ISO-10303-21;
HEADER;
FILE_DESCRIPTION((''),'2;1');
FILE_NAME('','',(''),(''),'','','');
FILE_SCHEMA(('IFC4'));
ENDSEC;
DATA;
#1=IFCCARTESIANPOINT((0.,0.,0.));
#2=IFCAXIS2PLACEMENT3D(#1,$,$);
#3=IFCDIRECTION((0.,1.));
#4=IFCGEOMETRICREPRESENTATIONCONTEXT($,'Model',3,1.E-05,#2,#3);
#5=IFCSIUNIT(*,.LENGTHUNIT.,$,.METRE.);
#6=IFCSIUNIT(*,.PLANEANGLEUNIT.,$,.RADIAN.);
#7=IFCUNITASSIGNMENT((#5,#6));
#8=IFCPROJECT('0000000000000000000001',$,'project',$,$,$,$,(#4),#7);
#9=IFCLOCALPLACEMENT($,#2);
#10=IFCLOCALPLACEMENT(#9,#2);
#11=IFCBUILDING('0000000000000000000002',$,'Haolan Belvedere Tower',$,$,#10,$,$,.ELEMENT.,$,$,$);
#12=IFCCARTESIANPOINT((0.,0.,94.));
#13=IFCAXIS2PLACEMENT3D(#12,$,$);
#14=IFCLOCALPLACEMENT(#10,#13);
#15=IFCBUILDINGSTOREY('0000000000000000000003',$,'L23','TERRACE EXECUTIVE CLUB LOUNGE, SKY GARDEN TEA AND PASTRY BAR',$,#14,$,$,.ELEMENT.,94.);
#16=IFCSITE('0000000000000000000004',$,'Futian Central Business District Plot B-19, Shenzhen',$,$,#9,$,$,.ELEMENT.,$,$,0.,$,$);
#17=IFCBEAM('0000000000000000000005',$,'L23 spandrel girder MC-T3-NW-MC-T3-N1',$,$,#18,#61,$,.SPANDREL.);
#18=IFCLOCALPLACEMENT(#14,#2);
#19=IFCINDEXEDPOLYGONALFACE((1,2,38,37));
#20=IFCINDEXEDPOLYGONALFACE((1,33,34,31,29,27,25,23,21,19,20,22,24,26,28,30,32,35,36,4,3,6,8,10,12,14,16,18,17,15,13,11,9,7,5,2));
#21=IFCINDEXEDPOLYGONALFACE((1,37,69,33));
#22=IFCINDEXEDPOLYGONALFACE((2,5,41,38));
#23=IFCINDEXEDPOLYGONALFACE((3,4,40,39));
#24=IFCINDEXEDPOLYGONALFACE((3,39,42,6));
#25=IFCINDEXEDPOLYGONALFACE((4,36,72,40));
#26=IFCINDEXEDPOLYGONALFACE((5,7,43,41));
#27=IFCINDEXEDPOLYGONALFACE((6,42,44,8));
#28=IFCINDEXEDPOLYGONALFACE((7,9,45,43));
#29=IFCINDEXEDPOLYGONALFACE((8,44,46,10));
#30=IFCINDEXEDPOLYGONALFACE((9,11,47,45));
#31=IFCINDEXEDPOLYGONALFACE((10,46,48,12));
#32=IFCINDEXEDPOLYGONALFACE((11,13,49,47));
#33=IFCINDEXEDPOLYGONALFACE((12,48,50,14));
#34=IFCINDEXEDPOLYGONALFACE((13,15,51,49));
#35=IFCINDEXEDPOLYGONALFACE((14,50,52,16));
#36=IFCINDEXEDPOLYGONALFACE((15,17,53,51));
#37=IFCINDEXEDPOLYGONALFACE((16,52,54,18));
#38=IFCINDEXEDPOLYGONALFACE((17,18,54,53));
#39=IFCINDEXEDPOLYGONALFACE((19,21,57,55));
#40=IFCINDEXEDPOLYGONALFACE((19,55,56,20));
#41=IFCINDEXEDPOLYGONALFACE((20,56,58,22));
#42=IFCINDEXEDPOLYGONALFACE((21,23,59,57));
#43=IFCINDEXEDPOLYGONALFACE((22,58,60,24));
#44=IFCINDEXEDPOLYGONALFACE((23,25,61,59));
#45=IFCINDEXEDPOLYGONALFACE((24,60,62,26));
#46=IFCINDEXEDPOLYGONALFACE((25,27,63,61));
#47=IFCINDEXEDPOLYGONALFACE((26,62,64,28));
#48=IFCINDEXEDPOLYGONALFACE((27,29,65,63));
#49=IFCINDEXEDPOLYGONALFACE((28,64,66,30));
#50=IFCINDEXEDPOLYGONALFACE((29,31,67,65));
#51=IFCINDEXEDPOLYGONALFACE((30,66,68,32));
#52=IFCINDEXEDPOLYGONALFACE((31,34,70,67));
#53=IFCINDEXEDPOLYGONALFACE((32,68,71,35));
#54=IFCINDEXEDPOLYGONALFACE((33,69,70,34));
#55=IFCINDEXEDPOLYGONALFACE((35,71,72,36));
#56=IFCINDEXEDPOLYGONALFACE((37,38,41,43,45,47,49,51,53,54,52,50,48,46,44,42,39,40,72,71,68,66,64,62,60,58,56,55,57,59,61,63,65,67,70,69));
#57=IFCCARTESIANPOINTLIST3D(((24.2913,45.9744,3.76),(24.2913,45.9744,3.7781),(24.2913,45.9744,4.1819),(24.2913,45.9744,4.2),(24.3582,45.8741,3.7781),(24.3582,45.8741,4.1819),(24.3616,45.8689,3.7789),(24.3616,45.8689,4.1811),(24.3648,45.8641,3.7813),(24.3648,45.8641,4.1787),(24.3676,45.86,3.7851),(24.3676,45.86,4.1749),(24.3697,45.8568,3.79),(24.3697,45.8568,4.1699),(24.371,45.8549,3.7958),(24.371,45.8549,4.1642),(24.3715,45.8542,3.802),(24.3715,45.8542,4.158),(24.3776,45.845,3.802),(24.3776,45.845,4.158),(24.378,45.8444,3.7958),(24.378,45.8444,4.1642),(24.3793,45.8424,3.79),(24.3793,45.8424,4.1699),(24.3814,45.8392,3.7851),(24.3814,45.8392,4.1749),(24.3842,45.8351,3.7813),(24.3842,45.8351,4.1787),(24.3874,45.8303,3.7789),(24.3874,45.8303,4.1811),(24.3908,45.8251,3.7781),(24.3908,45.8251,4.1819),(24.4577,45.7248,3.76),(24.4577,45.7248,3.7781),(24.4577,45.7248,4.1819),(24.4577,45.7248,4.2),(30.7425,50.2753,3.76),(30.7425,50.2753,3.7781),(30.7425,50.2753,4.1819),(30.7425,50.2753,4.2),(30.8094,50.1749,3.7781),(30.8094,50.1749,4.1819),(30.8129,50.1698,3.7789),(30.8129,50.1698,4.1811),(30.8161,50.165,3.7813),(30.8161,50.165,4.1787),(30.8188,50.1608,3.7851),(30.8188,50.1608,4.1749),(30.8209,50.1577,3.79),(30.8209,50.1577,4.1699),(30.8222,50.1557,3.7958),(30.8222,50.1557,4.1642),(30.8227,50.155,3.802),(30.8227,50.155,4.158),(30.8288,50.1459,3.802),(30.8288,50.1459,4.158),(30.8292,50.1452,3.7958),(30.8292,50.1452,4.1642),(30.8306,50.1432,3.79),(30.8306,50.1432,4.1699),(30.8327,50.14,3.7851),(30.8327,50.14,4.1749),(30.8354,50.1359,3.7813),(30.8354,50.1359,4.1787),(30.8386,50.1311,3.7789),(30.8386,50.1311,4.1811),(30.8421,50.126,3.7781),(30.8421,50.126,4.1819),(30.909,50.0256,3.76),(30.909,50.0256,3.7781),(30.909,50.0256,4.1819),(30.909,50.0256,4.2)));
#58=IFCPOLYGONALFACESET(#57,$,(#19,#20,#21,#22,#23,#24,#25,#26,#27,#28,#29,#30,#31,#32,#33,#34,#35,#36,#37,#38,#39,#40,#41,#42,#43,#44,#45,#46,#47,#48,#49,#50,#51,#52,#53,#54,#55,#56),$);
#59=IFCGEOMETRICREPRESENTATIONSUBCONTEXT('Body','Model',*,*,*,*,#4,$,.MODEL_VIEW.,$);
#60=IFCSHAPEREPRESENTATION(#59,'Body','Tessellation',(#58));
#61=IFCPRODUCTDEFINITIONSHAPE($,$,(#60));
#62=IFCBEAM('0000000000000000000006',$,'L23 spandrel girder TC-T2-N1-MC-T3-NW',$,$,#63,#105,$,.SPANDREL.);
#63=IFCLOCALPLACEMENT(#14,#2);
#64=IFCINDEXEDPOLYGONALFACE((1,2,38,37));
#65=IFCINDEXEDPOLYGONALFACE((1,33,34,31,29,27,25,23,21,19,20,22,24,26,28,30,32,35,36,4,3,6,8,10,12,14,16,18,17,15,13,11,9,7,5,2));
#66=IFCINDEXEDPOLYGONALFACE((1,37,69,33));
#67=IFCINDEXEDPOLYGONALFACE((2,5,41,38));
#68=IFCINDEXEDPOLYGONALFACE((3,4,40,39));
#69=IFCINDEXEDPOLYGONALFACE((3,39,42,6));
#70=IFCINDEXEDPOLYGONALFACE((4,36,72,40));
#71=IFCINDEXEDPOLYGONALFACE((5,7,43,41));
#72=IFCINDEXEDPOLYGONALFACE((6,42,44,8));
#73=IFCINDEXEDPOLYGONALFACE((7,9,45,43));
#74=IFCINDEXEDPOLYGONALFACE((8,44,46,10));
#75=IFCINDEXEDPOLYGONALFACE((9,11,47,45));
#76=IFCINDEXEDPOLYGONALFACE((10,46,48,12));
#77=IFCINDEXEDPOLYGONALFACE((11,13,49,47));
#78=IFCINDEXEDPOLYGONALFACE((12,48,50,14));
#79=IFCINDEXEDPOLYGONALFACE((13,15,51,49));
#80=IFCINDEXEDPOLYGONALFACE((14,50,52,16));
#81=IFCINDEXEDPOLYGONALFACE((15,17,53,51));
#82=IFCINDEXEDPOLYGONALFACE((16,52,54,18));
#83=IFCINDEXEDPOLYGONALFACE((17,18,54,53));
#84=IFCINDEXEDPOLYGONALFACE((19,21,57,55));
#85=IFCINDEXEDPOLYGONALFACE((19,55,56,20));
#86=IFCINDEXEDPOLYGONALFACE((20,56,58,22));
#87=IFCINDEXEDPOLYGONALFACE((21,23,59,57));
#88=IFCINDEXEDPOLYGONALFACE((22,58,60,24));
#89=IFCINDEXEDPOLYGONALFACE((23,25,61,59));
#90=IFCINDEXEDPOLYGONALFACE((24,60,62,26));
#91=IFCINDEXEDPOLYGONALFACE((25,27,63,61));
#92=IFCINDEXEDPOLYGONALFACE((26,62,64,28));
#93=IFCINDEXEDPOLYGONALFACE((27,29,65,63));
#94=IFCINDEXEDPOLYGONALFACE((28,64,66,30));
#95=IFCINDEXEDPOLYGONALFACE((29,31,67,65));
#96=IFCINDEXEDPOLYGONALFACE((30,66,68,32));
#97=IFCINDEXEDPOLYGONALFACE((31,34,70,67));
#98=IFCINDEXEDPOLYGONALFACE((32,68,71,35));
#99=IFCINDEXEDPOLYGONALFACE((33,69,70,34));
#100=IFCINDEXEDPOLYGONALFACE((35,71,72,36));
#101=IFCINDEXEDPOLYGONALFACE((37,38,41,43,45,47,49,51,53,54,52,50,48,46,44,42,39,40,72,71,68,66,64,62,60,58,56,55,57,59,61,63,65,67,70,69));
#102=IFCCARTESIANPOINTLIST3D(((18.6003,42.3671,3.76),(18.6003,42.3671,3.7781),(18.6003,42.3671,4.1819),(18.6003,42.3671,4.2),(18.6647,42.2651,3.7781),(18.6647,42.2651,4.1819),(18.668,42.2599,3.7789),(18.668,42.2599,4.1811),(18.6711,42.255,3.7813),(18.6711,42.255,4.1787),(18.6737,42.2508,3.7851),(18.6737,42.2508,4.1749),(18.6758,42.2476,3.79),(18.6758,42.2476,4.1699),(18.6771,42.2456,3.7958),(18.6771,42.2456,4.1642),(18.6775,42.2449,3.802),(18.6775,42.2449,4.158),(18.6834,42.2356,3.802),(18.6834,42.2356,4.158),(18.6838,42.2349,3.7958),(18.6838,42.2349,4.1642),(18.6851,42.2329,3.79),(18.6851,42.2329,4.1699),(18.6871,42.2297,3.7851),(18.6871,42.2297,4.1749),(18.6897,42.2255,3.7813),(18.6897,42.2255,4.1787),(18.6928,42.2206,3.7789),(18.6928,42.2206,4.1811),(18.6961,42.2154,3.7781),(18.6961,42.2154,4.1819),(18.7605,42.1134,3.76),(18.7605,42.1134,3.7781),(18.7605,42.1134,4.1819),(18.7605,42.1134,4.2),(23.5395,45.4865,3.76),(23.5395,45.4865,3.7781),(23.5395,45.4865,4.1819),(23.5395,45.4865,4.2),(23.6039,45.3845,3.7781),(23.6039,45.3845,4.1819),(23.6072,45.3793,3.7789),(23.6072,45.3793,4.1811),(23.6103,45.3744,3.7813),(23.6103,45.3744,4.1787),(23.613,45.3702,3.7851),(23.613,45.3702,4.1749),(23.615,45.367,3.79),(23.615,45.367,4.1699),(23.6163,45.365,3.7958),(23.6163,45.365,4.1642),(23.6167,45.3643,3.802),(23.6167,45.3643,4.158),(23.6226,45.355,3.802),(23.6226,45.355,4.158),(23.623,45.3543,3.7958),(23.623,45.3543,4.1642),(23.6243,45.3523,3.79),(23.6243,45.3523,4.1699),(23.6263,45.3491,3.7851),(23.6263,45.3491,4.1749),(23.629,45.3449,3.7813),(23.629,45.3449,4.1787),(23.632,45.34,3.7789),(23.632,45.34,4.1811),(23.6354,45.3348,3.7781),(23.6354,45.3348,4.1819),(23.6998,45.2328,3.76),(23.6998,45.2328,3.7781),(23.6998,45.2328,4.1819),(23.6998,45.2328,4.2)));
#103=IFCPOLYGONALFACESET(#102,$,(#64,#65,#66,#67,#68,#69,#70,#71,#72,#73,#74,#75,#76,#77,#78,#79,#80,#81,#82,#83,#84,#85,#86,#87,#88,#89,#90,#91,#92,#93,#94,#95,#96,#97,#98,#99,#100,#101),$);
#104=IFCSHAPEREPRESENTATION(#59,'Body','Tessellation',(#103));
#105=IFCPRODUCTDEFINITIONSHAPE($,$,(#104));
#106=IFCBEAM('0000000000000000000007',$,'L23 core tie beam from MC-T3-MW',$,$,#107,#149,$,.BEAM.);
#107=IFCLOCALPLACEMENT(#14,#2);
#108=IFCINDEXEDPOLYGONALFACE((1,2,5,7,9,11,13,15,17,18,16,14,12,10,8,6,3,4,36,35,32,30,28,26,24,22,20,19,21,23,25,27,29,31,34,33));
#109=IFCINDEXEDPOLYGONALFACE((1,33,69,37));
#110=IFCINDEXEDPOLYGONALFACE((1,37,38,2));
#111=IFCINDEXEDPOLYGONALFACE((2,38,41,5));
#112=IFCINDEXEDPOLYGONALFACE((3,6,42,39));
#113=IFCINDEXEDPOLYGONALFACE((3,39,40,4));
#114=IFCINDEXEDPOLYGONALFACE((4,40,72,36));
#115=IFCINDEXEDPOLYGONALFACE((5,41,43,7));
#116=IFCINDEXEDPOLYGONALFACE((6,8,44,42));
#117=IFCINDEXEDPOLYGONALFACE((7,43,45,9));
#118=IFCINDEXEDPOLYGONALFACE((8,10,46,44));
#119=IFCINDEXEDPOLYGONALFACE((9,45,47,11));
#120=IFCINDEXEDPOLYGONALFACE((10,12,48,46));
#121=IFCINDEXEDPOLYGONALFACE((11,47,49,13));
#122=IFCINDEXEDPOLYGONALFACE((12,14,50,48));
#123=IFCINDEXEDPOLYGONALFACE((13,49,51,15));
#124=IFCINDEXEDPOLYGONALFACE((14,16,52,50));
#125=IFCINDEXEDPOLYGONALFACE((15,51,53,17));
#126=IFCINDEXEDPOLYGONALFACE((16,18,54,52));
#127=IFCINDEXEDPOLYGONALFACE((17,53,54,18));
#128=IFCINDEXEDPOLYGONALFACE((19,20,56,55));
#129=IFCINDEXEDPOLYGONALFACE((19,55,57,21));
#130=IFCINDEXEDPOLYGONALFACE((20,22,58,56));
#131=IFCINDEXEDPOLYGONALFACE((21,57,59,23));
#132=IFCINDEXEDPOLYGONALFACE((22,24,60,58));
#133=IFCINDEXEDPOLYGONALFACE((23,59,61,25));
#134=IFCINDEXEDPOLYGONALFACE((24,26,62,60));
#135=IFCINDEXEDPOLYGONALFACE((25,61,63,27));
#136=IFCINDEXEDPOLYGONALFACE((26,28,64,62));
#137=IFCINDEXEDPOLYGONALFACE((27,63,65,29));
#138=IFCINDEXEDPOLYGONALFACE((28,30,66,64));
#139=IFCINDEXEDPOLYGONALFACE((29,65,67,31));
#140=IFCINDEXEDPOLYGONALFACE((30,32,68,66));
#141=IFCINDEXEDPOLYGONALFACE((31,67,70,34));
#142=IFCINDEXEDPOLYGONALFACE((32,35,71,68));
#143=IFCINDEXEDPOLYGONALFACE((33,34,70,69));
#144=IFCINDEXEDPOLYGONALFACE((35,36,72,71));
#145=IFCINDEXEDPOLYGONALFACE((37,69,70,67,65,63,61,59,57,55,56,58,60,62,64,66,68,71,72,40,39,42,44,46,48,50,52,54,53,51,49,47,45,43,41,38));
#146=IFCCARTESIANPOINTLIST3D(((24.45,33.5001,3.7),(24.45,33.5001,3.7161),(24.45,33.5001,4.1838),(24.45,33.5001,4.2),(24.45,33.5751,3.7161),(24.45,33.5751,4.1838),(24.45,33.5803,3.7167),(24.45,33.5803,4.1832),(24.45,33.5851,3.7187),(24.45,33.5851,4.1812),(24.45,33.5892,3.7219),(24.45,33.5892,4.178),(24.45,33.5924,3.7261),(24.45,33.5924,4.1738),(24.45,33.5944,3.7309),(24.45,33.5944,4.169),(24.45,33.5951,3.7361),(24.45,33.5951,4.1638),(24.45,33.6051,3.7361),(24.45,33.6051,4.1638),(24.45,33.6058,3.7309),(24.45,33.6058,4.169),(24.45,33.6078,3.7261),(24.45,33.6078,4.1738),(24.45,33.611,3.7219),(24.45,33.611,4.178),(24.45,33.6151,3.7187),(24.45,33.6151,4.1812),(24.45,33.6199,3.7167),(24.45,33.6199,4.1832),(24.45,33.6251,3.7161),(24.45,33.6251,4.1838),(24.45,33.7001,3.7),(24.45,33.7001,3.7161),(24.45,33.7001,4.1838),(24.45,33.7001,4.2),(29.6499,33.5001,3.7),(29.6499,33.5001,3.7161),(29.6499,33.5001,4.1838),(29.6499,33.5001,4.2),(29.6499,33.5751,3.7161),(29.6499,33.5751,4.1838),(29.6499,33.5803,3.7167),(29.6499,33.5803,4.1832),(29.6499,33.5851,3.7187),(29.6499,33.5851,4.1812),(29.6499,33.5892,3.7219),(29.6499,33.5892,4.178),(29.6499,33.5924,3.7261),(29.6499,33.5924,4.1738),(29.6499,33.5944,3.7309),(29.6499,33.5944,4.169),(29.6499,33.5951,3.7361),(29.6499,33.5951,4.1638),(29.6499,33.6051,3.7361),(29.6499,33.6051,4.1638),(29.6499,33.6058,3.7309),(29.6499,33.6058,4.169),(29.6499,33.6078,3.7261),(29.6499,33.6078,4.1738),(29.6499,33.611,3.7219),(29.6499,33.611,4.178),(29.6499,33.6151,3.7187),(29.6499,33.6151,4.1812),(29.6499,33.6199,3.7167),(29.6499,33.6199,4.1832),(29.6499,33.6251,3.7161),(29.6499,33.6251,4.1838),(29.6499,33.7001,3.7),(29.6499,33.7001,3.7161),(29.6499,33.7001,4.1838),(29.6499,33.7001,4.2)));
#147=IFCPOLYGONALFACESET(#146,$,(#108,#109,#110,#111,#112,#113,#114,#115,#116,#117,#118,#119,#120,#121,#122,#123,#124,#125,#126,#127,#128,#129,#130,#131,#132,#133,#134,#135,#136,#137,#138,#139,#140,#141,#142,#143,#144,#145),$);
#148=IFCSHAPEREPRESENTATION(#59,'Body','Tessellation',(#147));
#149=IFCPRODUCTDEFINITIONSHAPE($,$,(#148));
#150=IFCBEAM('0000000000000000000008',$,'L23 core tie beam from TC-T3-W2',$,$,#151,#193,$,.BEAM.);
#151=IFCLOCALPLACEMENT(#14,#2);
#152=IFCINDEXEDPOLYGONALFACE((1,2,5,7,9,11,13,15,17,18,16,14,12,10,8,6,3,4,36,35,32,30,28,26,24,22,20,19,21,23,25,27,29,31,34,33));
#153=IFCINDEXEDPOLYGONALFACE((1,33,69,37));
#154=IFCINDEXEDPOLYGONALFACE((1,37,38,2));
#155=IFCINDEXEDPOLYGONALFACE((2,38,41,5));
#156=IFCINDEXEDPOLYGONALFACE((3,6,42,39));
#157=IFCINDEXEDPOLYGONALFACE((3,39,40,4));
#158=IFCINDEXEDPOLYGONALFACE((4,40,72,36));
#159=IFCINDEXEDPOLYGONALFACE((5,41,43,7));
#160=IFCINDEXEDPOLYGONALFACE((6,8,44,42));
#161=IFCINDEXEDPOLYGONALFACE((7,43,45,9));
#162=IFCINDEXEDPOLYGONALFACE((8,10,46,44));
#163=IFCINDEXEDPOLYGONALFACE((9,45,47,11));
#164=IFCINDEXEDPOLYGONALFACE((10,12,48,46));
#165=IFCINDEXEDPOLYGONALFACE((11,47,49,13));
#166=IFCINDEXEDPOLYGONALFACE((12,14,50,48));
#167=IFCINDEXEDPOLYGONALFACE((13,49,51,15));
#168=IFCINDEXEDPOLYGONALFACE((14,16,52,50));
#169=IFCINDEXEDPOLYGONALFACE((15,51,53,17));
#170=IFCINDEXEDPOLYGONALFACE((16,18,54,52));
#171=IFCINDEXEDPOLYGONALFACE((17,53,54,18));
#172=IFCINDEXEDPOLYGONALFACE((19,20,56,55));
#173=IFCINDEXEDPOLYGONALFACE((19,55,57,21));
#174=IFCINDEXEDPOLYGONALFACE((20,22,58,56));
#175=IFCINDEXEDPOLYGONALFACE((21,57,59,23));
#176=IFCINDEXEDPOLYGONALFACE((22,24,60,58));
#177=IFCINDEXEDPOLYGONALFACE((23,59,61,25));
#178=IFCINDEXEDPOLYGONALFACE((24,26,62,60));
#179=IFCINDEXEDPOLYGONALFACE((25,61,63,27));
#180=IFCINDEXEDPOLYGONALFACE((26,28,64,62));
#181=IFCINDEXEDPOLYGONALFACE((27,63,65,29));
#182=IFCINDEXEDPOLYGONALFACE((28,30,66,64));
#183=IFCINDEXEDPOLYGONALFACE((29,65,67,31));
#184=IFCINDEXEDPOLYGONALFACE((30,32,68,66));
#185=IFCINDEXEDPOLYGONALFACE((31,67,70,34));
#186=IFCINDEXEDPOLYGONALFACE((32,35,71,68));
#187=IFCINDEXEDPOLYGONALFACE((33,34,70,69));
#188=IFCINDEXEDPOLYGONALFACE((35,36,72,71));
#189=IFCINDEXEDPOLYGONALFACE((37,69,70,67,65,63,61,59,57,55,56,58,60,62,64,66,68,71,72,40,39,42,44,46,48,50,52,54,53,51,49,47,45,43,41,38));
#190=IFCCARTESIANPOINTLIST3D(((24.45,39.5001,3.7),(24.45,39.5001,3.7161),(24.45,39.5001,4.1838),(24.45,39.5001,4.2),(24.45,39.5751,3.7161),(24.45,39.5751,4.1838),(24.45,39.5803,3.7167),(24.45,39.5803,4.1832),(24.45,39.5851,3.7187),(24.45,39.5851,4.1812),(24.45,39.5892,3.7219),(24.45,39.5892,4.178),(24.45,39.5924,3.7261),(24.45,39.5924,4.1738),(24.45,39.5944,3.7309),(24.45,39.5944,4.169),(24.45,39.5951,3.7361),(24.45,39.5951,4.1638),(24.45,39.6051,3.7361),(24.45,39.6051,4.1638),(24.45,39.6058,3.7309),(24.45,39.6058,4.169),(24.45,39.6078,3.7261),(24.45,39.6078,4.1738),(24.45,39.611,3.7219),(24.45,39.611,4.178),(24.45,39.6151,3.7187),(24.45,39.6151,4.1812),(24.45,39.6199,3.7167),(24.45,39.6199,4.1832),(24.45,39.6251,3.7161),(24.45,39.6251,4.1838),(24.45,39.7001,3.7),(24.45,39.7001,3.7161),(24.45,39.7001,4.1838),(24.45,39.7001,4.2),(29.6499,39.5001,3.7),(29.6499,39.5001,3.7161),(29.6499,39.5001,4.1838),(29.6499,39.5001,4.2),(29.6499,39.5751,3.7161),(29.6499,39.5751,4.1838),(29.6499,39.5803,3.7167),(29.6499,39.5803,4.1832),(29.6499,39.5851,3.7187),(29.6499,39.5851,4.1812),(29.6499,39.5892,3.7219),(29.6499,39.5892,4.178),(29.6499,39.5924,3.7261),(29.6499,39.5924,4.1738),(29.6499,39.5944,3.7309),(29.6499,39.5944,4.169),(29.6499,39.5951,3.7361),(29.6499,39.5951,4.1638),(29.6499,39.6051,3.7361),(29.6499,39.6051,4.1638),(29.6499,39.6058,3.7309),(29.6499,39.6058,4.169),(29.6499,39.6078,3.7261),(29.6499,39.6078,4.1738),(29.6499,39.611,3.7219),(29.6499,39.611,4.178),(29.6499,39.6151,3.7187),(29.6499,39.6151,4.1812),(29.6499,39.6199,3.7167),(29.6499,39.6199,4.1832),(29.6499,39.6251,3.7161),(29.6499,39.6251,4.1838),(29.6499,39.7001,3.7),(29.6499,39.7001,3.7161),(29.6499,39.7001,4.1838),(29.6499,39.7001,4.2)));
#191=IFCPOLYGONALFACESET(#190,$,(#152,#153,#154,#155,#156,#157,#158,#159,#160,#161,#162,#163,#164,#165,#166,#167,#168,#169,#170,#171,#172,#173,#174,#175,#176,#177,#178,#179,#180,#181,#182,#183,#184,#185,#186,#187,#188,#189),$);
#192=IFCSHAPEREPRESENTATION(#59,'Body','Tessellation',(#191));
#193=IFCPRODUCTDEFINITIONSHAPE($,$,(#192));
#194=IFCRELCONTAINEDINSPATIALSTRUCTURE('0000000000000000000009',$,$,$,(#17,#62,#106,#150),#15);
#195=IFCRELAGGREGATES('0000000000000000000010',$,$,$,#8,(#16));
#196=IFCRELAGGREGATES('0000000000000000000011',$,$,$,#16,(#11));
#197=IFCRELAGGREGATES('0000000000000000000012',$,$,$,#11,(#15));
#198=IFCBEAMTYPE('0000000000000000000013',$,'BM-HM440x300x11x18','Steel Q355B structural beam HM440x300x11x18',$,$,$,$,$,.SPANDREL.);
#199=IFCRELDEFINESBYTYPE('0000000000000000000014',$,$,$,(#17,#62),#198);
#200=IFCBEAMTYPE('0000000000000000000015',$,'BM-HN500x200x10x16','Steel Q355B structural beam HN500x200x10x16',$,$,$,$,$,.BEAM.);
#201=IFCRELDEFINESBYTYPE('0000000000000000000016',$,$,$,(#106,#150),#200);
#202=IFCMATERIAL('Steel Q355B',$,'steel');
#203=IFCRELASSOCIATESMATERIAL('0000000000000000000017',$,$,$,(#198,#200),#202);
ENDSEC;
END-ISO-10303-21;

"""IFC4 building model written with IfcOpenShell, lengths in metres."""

from ifc_helpers import new_model, si_unit, direction, frame, origin, origin_2d, place, context, subcontext, project, spatial, i_section, extrude, material, material_profile, profile_set, type_object, element, save


model = new_model("IFC4")

# Units and contexts
model_context = context("Model", 3, precision=1e-05, world=origin(), true_north=direction((0.0, 1.0)))
body_context = subcontext(model_context, "Body", "Model", "MODEL_VIEW")
ifc_project = project(units=[si_unit("LENGTHUNIT", "METRE"), si_unit("PLANEANGLEUNIT", "RADIAN")], contexts=[model_context])

# Site, building, storey
site_placement = place(None, origin())
site = spatial("IfcSite", under=ifc_project, at=site_placement, Name="Futian Central Business District Plot B-19, Shenzhen", CompositionType="ELEMENT", RefElevation=0.0)
building_placement = place(site_placement, origin())
building = spatial("IfcBuilding", under=site, at=building_placement, Name="Haolan Belvedere Tower", CompositionType="ELEMENT")
storey_placement = place(building_placement, frame((0.0, 0.0, 94.0)))
storey = spatial("IfcBuildingStorey", under=building, at=storey_placement, Name="L23", Description="TERRACE EXECUTIVE CLUB LOUNGE, SKY GARDEN TEA AND PASTRY BAR", CompositionType="ELEMENT", Elevation=94.0)

# Beams
ifc_material_1 = material(Name="Steel Q355B", Category="steel")
ifc_material_profile_1 = material_profile(ifc_material_1, i_section(OverallWidth=0.3, OverallDepth=0.4399, WebThickness=0.011, FlangeThickness=0.0181, FilletRadius=0.0239, at=origin_2d()), Name="Steel Q355B")
ifc_profile_set_1 = profile_set([ifc_material_profile_1], Name="Steel Q355B")
beam_type_1 = type_object("IfcBeamType", Name="BM-HM440x300x11x18", Description="Steel Q355B structural beam HM440x300x11x18", PredefinedType="SPANDREL", material=ifc_profile_set_1)
beam_1_placement = place(storey_placement, frame((24.3745, 45.8496, 3.98), z_axis=(0.83205, 0.5547, 0.0), x_axis=(-0.5547, 0.83205, 0.0)))
element("IfcBeam", 1, at=beam_1_placement, inside=storey, type_object=beam_type_1, Name="L23 spandrel girder MC-T3-NW-MC-T3-N1", PredefinedType="SPANDREL", context=body_context, shape_type="SweptSolid", body=[
    extrude(i_section(OverallWidth=0.3, OverallDepth=0.4399, WebThickness=0.011, FlangeThickness=0.0181, FilletRadius=0.0239, at=origin_2d()), origin(), (0.0, 0.0, 1.0), 7.7534),
])
beam_2_placement = place(storey_placement, frame((18.6804, 42.2402, 3.98), z_axis=(0.845498, 0.533979, 0.0), x_axis=(-0.533979, 0.845498, 0.0)))
element("IfcBeam", 2, at=beam_2_placement, inside=storey, type_object=beam_type_1, Name="L23 spandrel girder TC-T2-N1-MC-T3-NW", PredefinedType="SPANDREL", context=body_context, shape_type="SweptSolid", body=[
    extrude(i_section(OverallWidth=0.3, OverallDepth=0.4399, WebThickness=0.011, FlangeThickness=0.0181, FilletRadius=0.0239, at=origin_2d()), origin(), (0.0, 0.0, 1.0), 5.8418),
])
ifc_material_profile_2 = material_profile(ifc_material_1, i_section(OverallWidth=0.2, OverallDepth=0.5, WebThickness=0.01, FlangeThickness=0.0161, FilletRadius=0.02, at=origin_2d()), Name="Steel Q355B")
ifc_profile_set_2 = profile_set([ifc_material_profile_2], Name="Steel Q355B")
beam_type_2 = type_object("IfcBeamType", Name="BM-HN500x200x10x16", Description="Steel Q355B structural beam HN500x200x10x16", PredefinedType="BEAM", material=ifc_profile_set_2)
for number, where, z_axis, x_axis, name in (
    (3, (24.45, 33.6001, 3.95), (1.0, 0.0, 0.0), (0.0, 1.0, 0.0), "L23 core tie beam from MC-T3-MW"),
    (4, (24.45, 39.6001, 3.95), (1.0, 0.0, 0.0), (0.0, 1.0, 0.0), "L23 core tie beam from TC-T3-W2"),
):
    element("IfcBeam", number, at=place(storey_placement, frame(where, z_axis=z_axis, x_axis=x_axis)), inside=storey, type_object=beam_type_2, Name=name, PredefinedType="BEAM", context=body_context, shape_type="SweptSolid", body=[
        extrude(i_section(OverallWidth=0.2, OverallDepth=0.5, WebThickness=0.01, FlangeThickness=0.0161, FilletRadius=0.02, at=origin_2d()), origin(), (0.0, 0.0, 1.0), 5.2),
    ])

save(model, "model.ifc")
